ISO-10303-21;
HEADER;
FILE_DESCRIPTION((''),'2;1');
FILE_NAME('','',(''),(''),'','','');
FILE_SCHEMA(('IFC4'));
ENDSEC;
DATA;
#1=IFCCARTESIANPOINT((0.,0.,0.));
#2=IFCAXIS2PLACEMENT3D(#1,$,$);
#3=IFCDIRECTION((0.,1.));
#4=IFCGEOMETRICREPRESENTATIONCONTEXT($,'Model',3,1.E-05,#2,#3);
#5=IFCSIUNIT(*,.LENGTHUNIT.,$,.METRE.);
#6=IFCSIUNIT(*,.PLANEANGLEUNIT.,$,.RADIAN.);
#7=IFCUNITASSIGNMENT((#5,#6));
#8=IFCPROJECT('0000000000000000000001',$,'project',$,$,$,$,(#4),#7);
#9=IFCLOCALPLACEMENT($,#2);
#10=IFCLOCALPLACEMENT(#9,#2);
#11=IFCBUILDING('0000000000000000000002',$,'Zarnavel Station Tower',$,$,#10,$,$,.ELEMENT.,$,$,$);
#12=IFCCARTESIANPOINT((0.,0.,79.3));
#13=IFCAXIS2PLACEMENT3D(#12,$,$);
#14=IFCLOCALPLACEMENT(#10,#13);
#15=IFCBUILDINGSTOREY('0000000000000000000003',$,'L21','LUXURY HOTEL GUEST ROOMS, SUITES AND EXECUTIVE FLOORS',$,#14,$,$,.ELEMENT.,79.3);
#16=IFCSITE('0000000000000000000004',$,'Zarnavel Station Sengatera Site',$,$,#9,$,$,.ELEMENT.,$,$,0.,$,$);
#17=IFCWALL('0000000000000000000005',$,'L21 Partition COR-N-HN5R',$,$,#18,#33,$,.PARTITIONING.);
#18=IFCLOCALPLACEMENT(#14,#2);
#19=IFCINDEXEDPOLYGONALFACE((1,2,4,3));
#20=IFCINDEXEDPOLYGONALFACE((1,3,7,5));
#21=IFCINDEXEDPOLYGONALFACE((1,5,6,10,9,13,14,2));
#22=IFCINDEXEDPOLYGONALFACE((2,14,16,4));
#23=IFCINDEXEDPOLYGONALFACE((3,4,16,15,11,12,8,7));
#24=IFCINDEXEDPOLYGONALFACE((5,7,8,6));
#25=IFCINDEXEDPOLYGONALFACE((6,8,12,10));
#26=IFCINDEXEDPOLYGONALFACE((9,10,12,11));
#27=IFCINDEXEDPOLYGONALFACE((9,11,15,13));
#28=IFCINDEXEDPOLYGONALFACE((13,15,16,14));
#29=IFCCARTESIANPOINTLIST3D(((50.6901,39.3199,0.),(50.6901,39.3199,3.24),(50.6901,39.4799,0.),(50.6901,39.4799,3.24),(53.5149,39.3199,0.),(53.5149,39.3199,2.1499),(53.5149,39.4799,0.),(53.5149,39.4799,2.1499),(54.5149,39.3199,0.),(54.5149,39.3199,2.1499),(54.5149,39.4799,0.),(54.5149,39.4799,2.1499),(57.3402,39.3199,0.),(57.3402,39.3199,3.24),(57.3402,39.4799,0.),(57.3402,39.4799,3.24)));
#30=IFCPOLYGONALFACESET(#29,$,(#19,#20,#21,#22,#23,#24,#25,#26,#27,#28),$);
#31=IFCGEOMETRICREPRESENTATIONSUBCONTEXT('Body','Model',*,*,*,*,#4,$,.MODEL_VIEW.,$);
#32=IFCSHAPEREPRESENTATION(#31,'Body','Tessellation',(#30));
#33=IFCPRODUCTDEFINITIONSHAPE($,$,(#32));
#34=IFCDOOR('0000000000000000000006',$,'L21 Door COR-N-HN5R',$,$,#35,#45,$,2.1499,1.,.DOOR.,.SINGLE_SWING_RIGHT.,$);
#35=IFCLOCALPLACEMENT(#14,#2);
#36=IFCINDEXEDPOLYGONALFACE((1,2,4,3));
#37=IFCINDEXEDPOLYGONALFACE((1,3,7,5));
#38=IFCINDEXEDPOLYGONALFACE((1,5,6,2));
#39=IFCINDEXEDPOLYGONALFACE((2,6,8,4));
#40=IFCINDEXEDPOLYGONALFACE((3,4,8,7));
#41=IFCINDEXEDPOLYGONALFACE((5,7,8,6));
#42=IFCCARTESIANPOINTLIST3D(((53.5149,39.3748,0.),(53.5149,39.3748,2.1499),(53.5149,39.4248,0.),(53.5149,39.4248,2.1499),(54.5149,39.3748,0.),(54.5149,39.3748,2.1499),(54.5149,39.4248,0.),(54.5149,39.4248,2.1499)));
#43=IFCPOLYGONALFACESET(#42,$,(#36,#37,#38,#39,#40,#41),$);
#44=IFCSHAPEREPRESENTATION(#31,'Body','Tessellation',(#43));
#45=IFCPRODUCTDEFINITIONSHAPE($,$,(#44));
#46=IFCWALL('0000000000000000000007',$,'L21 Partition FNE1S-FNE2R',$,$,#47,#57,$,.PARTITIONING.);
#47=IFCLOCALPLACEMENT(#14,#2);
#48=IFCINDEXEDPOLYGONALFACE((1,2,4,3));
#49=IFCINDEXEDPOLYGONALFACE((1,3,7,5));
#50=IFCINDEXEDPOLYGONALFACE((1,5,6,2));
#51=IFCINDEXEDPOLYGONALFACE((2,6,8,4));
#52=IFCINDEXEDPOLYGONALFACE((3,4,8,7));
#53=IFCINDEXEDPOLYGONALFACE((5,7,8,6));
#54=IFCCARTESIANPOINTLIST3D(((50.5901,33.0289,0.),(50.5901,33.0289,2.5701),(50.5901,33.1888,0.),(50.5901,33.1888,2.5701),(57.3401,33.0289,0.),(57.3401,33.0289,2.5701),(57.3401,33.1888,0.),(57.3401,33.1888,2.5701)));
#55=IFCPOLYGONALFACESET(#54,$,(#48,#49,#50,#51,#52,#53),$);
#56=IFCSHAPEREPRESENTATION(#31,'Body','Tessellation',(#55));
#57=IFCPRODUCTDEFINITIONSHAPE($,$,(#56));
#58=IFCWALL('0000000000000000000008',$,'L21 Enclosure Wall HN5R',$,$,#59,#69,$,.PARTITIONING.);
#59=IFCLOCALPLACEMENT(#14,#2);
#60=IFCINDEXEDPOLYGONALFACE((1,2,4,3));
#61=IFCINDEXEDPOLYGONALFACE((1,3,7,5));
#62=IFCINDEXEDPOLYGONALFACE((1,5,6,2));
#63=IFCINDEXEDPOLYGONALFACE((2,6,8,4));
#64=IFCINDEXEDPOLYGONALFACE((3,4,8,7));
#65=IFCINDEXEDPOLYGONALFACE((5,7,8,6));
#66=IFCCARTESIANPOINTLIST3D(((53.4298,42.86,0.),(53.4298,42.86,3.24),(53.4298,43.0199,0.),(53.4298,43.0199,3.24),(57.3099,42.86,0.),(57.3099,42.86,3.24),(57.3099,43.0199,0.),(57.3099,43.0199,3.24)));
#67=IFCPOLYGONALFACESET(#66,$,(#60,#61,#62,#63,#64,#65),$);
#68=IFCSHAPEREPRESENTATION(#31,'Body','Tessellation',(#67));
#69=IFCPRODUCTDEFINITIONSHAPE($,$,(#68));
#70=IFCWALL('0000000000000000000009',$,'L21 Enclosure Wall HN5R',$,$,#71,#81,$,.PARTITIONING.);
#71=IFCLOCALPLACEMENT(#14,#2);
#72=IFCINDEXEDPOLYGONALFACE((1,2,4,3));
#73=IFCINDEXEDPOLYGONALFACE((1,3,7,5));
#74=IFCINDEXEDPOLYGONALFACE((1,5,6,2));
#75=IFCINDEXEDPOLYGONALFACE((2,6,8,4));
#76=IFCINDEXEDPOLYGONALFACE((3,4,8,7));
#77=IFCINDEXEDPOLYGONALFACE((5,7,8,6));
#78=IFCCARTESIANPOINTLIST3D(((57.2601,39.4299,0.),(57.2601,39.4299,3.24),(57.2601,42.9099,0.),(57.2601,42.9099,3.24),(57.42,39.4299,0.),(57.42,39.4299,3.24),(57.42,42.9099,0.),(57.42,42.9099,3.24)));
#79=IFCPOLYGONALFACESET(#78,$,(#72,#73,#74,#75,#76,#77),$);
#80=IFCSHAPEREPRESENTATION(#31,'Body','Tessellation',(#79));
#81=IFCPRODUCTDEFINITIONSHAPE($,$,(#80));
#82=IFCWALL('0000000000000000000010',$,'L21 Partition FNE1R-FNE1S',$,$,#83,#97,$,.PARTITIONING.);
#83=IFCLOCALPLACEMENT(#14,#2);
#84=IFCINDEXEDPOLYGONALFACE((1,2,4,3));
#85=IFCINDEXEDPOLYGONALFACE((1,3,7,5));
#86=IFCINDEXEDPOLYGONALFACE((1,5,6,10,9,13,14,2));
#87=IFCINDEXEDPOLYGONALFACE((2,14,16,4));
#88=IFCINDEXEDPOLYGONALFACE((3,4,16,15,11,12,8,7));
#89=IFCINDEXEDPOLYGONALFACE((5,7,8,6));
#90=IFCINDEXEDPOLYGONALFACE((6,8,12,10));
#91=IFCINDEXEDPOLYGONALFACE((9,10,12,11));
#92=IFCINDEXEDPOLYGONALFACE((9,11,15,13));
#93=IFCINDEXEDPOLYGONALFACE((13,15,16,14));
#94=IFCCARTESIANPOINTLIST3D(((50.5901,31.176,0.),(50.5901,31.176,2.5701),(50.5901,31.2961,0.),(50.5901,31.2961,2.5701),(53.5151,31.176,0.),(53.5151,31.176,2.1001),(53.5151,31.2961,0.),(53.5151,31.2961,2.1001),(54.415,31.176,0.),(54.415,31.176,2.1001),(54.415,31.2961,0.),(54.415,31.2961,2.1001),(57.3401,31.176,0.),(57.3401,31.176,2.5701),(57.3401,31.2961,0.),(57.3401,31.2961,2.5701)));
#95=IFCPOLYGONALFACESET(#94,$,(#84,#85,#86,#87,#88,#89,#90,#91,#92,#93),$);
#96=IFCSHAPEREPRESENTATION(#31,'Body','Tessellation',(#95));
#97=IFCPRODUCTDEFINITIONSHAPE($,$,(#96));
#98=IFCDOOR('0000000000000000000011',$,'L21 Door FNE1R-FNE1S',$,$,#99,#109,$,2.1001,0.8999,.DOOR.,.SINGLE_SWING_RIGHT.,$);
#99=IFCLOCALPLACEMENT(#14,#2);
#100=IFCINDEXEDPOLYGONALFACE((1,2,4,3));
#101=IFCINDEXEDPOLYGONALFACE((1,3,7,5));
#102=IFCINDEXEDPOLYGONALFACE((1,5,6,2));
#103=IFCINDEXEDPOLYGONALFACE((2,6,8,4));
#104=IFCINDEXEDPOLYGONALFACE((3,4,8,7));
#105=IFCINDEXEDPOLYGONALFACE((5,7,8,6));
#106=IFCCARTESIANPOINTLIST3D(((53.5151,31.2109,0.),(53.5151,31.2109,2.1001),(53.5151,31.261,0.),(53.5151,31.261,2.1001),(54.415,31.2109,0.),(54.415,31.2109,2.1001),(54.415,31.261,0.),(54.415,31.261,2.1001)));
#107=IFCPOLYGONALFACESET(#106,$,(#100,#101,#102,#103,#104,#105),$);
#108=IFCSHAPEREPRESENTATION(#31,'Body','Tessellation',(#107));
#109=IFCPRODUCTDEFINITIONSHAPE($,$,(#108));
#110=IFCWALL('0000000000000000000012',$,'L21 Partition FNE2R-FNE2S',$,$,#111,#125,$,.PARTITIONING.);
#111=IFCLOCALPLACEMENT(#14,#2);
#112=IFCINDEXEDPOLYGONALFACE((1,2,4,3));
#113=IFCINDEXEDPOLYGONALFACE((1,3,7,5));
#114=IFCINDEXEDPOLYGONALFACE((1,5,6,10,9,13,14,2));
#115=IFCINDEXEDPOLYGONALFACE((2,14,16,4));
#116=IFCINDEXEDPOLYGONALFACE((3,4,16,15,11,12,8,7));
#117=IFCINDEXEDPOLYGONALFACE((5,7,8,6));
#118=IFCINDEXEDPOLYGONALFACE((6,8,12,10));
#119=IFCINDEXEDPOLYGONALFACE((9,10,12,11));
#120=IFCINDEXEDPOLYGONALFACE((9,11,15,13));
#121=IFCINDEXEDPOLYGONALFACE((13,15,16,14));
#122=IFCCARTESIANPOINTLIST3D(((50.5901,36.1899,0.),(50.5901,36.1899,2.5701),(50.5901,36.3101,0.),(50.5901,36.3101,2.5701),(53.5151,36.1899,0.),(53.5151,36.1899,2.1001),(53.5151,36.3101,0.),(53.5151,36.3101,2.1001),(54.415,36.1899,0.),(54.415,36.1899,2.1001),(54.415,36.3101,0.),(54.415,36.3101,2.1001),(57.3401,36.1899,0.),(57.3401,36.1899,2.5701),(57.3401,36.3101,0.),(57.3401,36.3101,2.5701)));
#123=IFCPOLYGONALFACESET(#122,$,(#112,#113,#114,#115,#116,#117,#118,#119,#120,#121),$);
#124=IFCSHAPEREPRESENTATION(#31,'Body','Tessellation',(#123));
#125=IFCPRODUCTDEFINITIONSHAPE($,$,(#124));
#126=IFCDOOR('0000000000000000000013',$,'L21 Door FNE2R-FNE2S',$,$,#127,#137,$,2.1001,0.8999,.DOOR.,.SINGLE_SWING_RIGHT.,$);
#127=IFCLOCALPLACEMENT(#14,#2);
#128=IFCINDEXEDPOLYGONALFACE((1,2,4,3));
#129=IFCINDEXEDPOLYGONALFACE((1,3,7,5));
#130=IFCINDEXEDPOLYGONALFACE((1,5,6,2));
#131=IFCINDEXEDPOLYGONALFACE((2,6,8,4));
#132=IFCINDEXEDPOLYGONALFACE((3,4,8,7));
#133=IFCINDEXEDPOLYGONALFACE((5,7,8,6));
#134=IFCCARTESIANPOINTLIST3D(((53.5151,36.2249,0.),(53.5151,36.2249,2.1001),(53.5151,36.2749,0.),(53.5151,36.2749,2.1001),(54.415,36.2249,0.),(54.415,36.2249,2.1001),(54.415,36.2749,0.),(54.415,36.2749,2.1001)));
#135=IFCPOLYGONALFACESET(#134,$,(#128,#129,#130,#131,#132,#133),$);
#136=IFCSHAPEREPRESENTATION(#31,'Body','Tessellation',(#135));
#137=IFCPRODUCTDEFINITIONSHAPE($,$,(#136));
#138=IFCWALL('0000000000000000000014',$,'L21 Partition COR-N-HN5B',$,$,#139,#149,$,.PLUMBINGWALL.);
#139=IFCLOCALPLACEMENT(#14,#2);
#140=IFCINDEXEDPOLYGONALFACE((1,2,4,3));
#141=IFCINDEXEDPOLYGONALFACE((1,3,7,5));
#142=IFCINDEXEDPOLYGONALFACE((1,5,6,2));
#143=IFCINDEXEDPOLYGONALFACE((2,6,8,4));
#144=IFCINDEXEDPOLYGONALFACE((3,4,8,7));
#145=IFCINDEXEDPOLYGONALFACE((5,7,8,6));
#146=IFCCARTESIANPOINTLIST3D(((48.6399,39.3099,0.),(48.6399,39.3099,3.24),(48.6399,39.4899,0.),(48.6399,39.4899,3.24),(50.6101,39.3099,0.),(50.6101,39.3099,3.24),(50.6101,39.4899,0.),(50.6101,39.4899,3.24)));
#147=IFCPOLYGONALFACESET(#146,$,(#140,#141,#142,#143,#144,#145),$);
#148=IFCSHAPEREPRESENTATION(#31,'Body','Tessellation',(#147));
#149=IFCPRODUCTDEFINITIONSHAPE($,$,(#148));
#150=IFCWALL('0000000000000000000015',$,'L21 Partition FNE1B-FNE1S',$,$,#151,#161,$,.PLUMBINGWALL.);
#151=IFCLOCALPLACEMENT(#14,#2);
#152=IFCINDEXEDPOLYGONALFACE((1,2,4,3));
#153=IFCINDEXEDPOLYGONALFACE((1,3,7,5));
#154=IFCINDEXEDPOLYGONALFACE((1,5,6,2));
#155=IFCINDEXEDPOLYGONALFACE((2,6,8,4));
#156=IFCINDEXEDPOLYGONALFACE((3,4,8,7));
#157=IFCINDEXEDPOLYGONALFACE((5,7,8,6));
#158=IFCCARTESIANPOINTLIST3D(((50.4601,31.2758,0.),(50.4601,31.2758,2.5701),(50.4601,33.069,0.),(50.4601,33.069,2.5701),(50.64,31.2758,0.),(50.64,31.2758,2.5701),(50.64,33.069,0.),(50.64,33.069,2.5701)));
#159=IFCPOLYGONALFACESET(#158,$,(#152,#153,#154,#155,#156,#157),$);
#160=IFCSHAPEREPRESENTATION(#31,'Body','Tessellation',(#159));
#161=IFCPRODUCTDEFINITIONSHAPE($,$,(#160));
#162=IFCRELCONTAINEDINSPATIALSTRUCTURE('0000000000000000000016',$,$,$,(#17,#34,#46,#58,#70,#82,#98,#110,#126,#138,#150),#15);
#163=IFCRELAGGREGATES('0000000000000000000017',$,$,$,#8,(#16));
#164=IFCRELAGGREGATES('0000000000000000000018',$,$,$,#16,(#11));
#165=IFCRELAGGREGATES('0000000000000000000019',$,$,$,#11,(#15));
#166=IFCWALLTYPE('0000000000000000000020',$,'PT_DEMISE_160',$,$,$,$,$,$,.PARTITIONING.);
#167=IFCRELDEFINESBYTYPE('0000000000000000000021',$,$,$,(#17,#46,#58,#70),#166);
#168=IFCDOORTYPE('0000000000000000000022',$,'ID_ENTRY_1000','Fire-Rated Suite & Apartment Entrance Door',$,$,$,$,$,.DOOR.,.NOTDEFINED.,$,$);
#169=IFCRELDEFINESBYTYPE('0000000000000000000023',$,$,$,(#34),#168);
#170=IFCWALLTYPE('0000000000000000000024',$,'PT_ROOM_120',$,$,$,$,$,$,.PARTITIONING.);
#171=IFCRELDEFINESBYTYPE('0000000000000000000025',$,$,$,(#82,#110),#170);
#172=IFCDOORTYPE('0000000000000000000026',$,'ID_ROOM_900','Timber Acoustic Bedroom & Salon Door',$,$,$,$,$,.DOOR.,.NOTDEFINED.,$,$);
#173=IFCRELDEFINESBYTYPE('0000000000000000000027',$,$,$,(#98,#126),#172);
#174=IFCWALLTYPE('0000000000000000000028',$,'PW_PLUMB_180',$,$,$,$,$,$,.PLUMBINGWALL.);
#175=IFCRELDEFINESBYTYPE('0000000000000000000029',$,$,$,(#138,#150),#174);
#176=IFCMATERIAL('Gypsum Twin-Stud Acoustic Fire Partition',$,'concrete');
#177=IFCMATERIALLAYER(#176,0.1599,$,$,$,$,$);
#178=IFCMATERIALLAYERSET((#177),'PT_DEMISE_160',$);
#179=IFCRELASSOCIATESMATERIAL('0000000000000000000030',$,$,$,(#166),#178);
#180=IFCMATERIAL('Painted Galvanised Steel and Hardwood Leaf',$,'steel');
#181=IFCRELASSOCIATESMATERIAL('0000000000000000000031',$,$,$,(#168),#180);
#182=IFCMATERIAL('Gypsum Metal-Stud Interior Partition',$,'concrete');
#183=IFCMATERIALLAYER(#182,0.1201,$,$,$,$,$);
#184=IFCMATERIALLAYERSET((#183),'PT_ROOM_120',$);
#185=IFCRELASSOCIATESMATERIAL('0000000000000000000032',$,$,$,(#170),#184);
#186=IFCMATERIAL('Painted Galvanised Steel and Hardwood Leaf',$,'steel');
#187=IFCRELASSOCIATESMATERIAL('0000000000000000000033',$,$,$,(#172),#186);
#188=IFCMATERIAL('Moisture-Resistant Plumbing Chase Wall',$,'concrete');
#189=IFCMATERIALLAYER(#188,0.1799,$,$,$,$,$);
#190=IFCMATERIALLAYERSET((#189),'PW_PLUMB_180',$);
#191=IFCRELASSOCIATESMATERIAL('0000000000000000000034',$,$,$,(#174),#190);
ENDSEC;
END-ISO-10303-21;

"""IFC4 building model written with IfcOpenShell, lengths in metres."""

from ifc_helpers import new_model, si_unit, direction, frame, frame_2d, origin, place, context, subcontext, project, spatial, rectangle, extrude, material, layer, layer_set, type_object, element, fill, save


model = new_model("IFC4")

# Units and contexts
model_context = context("Model", 3, precision=1e-05, world=origin(), true_north=direction((0.0, 1.0)))
body_context = subcontext(model_context, "Body", "Model", "MODEL_VIEW")
ifc_project = project(units=[si_unit("LENGTHUNIT", "METRE"), si_unit("PLANEANGLEUNIT", "RADIAN")], contexts=[model_context])

# Site, building, storey
site_placement = place(None, origin())
site = spatial("IfcSite", under=ifc_project, at=site_placement, Name="Zarnavel Station Sengatera Site", CompositionType="ELEMENT", RefElevation=0.0)
building_placement = place(site_placement, origin())
building = spatial("IfcBuilding", under=site, at=building_placement, Name="Zarnavel Station Tower", CompositionType="ELEMENT")
storey_placement = place(building_placement, frame((0.0, 0.0, 79.3)))
storey = spatial("IfcBuildingStorey", under=building, at=storey_placement, Name="L21", Description="LUXURY HOTEL GUEST ROOMS, SUITES AND EXECUTIVE FLOORS", CompositionType="ELEMENT", Elevation=79.3)

# Shared definitions
ifc_material_1 = material(Name="Gypsum Twin-Stud Acoustic Fire Partition", Category="concrete")
ifc_layer_1 = layer(ifc_material_1, 0.1599)
ifc_layer_set_1 = layer_set([ifc_layer_1], Name="PT_DEMISE_160")
wall_type_1 = type_object("IfcWallType", Name="PT_DEMISE_160", PredefinedType="PARTITIONING", material=ifc_layer_set_1)

# Wall, opening, door
wall_1_placement = place(storey_placement, frame((50.6899, 39.3999, 0.0), z_axis=(0.0, 0.0, 1.0), x_axis=(1.0, 0.0, 0.0)))
wall_1 = element("IfcWall", 1, at=wall_1_placement, inside=storey, type_object=wall_type_1, Name="L21 Partition COR-N-HN5R", PredefinedType="PARTITIONING", context=body_context, shape_type="SweptSolid", body=[
    extrude(rectangle(XDim=6.6501, YDim=0.1599, at=frame_2d((3.3252, 0.0))), origin(), (0.0, 0.0, 1.0), 3.24),
])
opening_1_placement = place(wall_1_placement, frame((2.825, 0.0, 0.0)))
opening_1 = element("IfcOpeningElement", 2, at=opening_1_placement, cuts=wall_1, PredefinedType="OPENING", context=body_context, shape_type="SweptSolid", body=[
    extrude(rectangle(XDim=1.0, YDim=2.1499, at=frame_2d((0.5, 1.075))), frame((0.0, 0.0898, 0.0), z_axis=(0.0, -1.0, 0.0), x_axis=(1.0, 0.0, 0.0)), (0.0, 0.0, 1.0), 0.1799),
])
ifc_material_2 = material(Name="Painted Galvanised Steel and Hardwood Leaf", Category="steel")
door_type_1 = type_object("IfcDoorType", Name="ID_ENTRY_1000", Description="Fire-Rated Suite & Apartment Entrance Door", OperationType="NOTDEFINED", PredefinedType="DOOR", material=ifc_material_2)
door_1_placement = place(opening_1_placement, origin())
door_1 = element("IfcDoor", 3, at=door_1_placement, inside=storey, type_object=door_type_1, Name="L21 Door COR-N-HN5R", OperationType="SINGLE_SWING_RIGHT", OverallHeight=2.1499, OverallWidth=1.0, PredefinedType="DOOR", context=body_context, shape_type="SweptSolid", body=[
    extrude(rectangle(XDim=1.0, YDim=2.1499, at=frame_2d((0.5, 1.075))), frame((0.0, 0.0249, 0.0), z_axis=(0.0, -1.0, 0.0), x_axis=(1.0, 0.0, 0.0)), (0.0, 0.0, 1.0), 0.05),
])
fill(opening_1, door_1)

# Walls
wall_2_placement = place(storey_placement, frame((50.5901, 33.1089, 0.0), z_axis=(0.0, 0.0, 1.0), x_axis=(1.0, 0.0, 0.0)))
element("IfcWall", 4, at=wall_2_placement, inside=storey, type_object=wall_type_1, Name="L21 Partition FNE1S-FNE2R", PredefinedType="PARTITIONING", context=body_context, shape_type="SweptSolid", body=[
    extrude(rectangle(XDim=6.75, YDim=0.1599, at=frame_2d((3.375, 0.0))), origin(), (0.0, 0.0, 1.0), 2.5701),
])
wall_3_placement = place(storey_placement, frame((53.4299, 42.9399, 0.0), z_axis=(0.0, 0.0, 1.0), x_axis=(1.0, 0.0, 0.0)))
element("IfcWall", 5, at=wall_3_placement, inside=storey, type_object=wall_type_1, Name="L21 Enclosure Wall HN5R", PredefinedType="PARTITIONING", context=body_context, shape_type="SweptSolid", body=[
    extrude(rectangle(XDim=3.8801, YDim=0.1599, at=frame_2d((1.9399, 0.0))), origin(), (0.0, 0.0, 1.0), 3.24),
])
wall_4_placement = place(storey_placement, frame((57.3401, 39.4299, 0.0), z_axis=(0.0, 0.0, 1.0), x_axis=(0.0, 1.0, 0.0)))
element("IfcWall", 6, at=wall_4_placement, inside=storey, type_object=wall_type_1, Name="L21 Enclosure Wall HN5R", PredefinedType="PARTITIONING", context=body_context, shape_type="SweptSolid", body=[
    extrude(rectangle(XDim=3.48, YDim=0.1599, at=frame_2d((1.74, 0.0))), origin(), (0.0, 0.0, 1.0), 3.24),
])

# Walls, openings, doors
ifc_material_3 = material(Name="Gypsum Metal-Stud Interior Partition", Category="concrete")
ifc_layer_2 = layer(ifc_material_3, 0.1201)
ifc_layer_set_2 = layer_set([ifc_layer_2], Name="PT_ROOM_120")
wall_type_2 = type_object("IfcWallType", Name="PT_ROOM_120", PredefinedType="PARTITIONING", material=ifc_layer_set_2)
wall_5_placement = place(storey_placement, frame((50.5901, 31.2361, 0.0), z_axis=(0.0, 0.0, 1.0), x_axis=(1.0, 0.0, 0.0)))
wall_5 = element("IfcWall", 7, at=wall_5_placement, inside=storey, type_object=wall_type_2, Name="L21 Partition FNE1R-FNE1S", PredefinedType="PARTITIONING", context=body_context, shape_type="SweptSolid", body=[
    extrude(rectangle(XDim=6.75, YDim=0.1201, at=frame_2d((3.375, 0.0))), origin(), (0.0, 0.0, 1.0), 2.5701),
])
opening_2_placement = place(wall_5_placement, frame((2.925, 0.0, 0.0)))
opening_2 = element("IfcOpeningElement", 8, at=opening_2_placement, cuts=wall_5, PredefinedType="OPENING", context=body_context, shape_type="SweptSolid", body=[
    extrude(rectangle(XDim=0.8999, YDim=2.1001, at=frame_2d((0.45, 1.05))), frame((0.0, 0.0701, 0.0), z_axis=(0.0, -1.0, 0.0), x_axis=(1.0, 0.0, 0.0)), (0.0, 0.0, 1.0), 0.1401),
])
ifc_material_4 = material(Name="Painted Galvanised Steel and Hardwood Leaf", Category="steel")
door_type_2 = type_object("IfcDoorType", Name="ID_ROOM_900", Description="Timber Acoustic Bedroom & Salon Door", OperationType="NOTDEFINED", PredefinedType="DOOR", material=ifc_material_4)
door_2_placement = place(opening_2_placement, origin())
door_2 = element("IfcDoor", 9, at=door_2_placement, inside=storey, type_object=door_type_2, Name="L21 Door FNE1R-FNE1S", OperationType="SINGLE_SWING_RIGHT", OverallHeight=2.1001, OverallWidth=0.8999, PredefinedType="DOOR", context=body_context, shape_type="SweptSolid", body=[
    extrude(rectangle(XDim=0.8999, YDim=2.1001, at=frame_2d((0.45, 1.05))), frame((0.0, 0.0249, 0.0), z_axis=(0.0, -1.0, 0.0), x_axis=(1.0, 0.0, 0.0)), (0.0, 0.0, 1.0), 0.05),
])
fill(opening_2, door_2)
wall_6_placement = place(storey_placement, frame((50.5901, 36.25, 0.0), z_axis=(0.0, 0.0, 1.0), x_axis=(1.0, 0.0, 0.0)))
wall_6 = element("IfcWall", 10, at=wall_6_placement, inside=storey, type_object=wall_type_2, Name="L21 Partition FNE2R-FNE2S", PredefinedType="PARTITIONING", context=body_context, shape_type="SweptSolid", body=[
    extrude(rectangle(XDim=6.75, YDim=0.1201, at=frame_2d((3.375, 0.0))), origin(), (0.0, 0.0, 1.0), 2.5701),
])
opening_3_placement = place(wall_6_placement, frame((2.925, 0.0, 0.0)))
opening_3 = element("IfcOpeningElement", 11, at=opening_3_placement, cuts=wall_6, PredefinedType="OPENING", context=body_context, shape_type="SweptSolid", body=[
    extrude(rectangle(XDim=0.8999, YDim=2.1001, at=frame_2d((0.45, 1.05))), frame((0.0, 0.0701, 0.0), z_axis=(0.0, -1.0, 0.0), x_axis=(1.0, 0.0, 0.0)), (0.0, 0.0, 1.0), 0.1401),
])
door_3_placement = place(opening_3_placement, origin())
door_3 = element("IfcDoor", 12, at=door_3_placement, inside=storey, type_object=door_type_2, Name="L21 Door FNE2R-FNE2S", OperationType="SINGLE_SWING_RIGHT", OverallHeight=2.1001, OverallWidth=0.8999, PredefinedType="DOOR", context=body_context, shape_type="SweptSolid", body=[
    extrude(rectangle(XDim=0.8999, YDim=2.1001, at=frame_2d((0.45, 1.05))), frame((0.0, 0.0249, 0.0), z_axis=(0.0, -1.0, 0.0), x_axis=(1.0, 0.0, 0.0)), (0.0, 0.0, 1.0), 0.05),
])
fill(opening_3, door_3)

# Walls
ifc_material_5 = material(Name="Moisture-Resistant Plumbing Chase Wall", Category="concrete")
ifc_layer_3 = layer(ifc_material_5, 0.1799)
ifc_layer_set_3 = layer_set([ifc_layer_3], Name="PW_PLUMB_180")
wall_type_3 = type_object("IfcWallType", Name="PW_PLUMB_180", PredefinedType="PLUMBINGWALL", material=ifc_layer_set_3)
wall_7_placement = place(storey_placement, frame((48.6399, 39.3999, 0.0), z_axis=(0.0, 0.0, 1.0), x_axis=(1.0, 0.0, 0.0)))
element("IfcWall", 13, at=wall_7_placement, inside=storey, type_object=wall_type_3, Name="L21 Partition COR-N-HN5B", PredefinedType="PLUMBINGWALL", context=body_context, shape_type="SweptSolid", body=[
    extrude(rectangle(XDim=1.9702, YDim=0.1799, at=frame_2d((0.9851, 0.0))), origin(), (0.0, 0.0, 1.0), 3.24),
])
wall_8_placement = place(storey_placement, frame((50.55, 31.2759, 0.0), z_axis=(0.0, 0.0, 1.0), x_axis=(0.0, 1.0, 0.0)))
element("IfcWall", 14, at=wall_8_placement, inside=storey, type_object=wall_type_3, Name="L21 Partition FNE1B-FNE1S", PredefinedType="PLUMBINGWALL", context=body_context, shape_type="SweptSolid", body=[
    extrude(rectangle(XDim=1.7932, YDim=0.1799, at=frame_2d((0.8965, 0.0))), origin(), (0.0, 0.0, 1.0), 2.5701),
])

save(model, "model.ifc")
